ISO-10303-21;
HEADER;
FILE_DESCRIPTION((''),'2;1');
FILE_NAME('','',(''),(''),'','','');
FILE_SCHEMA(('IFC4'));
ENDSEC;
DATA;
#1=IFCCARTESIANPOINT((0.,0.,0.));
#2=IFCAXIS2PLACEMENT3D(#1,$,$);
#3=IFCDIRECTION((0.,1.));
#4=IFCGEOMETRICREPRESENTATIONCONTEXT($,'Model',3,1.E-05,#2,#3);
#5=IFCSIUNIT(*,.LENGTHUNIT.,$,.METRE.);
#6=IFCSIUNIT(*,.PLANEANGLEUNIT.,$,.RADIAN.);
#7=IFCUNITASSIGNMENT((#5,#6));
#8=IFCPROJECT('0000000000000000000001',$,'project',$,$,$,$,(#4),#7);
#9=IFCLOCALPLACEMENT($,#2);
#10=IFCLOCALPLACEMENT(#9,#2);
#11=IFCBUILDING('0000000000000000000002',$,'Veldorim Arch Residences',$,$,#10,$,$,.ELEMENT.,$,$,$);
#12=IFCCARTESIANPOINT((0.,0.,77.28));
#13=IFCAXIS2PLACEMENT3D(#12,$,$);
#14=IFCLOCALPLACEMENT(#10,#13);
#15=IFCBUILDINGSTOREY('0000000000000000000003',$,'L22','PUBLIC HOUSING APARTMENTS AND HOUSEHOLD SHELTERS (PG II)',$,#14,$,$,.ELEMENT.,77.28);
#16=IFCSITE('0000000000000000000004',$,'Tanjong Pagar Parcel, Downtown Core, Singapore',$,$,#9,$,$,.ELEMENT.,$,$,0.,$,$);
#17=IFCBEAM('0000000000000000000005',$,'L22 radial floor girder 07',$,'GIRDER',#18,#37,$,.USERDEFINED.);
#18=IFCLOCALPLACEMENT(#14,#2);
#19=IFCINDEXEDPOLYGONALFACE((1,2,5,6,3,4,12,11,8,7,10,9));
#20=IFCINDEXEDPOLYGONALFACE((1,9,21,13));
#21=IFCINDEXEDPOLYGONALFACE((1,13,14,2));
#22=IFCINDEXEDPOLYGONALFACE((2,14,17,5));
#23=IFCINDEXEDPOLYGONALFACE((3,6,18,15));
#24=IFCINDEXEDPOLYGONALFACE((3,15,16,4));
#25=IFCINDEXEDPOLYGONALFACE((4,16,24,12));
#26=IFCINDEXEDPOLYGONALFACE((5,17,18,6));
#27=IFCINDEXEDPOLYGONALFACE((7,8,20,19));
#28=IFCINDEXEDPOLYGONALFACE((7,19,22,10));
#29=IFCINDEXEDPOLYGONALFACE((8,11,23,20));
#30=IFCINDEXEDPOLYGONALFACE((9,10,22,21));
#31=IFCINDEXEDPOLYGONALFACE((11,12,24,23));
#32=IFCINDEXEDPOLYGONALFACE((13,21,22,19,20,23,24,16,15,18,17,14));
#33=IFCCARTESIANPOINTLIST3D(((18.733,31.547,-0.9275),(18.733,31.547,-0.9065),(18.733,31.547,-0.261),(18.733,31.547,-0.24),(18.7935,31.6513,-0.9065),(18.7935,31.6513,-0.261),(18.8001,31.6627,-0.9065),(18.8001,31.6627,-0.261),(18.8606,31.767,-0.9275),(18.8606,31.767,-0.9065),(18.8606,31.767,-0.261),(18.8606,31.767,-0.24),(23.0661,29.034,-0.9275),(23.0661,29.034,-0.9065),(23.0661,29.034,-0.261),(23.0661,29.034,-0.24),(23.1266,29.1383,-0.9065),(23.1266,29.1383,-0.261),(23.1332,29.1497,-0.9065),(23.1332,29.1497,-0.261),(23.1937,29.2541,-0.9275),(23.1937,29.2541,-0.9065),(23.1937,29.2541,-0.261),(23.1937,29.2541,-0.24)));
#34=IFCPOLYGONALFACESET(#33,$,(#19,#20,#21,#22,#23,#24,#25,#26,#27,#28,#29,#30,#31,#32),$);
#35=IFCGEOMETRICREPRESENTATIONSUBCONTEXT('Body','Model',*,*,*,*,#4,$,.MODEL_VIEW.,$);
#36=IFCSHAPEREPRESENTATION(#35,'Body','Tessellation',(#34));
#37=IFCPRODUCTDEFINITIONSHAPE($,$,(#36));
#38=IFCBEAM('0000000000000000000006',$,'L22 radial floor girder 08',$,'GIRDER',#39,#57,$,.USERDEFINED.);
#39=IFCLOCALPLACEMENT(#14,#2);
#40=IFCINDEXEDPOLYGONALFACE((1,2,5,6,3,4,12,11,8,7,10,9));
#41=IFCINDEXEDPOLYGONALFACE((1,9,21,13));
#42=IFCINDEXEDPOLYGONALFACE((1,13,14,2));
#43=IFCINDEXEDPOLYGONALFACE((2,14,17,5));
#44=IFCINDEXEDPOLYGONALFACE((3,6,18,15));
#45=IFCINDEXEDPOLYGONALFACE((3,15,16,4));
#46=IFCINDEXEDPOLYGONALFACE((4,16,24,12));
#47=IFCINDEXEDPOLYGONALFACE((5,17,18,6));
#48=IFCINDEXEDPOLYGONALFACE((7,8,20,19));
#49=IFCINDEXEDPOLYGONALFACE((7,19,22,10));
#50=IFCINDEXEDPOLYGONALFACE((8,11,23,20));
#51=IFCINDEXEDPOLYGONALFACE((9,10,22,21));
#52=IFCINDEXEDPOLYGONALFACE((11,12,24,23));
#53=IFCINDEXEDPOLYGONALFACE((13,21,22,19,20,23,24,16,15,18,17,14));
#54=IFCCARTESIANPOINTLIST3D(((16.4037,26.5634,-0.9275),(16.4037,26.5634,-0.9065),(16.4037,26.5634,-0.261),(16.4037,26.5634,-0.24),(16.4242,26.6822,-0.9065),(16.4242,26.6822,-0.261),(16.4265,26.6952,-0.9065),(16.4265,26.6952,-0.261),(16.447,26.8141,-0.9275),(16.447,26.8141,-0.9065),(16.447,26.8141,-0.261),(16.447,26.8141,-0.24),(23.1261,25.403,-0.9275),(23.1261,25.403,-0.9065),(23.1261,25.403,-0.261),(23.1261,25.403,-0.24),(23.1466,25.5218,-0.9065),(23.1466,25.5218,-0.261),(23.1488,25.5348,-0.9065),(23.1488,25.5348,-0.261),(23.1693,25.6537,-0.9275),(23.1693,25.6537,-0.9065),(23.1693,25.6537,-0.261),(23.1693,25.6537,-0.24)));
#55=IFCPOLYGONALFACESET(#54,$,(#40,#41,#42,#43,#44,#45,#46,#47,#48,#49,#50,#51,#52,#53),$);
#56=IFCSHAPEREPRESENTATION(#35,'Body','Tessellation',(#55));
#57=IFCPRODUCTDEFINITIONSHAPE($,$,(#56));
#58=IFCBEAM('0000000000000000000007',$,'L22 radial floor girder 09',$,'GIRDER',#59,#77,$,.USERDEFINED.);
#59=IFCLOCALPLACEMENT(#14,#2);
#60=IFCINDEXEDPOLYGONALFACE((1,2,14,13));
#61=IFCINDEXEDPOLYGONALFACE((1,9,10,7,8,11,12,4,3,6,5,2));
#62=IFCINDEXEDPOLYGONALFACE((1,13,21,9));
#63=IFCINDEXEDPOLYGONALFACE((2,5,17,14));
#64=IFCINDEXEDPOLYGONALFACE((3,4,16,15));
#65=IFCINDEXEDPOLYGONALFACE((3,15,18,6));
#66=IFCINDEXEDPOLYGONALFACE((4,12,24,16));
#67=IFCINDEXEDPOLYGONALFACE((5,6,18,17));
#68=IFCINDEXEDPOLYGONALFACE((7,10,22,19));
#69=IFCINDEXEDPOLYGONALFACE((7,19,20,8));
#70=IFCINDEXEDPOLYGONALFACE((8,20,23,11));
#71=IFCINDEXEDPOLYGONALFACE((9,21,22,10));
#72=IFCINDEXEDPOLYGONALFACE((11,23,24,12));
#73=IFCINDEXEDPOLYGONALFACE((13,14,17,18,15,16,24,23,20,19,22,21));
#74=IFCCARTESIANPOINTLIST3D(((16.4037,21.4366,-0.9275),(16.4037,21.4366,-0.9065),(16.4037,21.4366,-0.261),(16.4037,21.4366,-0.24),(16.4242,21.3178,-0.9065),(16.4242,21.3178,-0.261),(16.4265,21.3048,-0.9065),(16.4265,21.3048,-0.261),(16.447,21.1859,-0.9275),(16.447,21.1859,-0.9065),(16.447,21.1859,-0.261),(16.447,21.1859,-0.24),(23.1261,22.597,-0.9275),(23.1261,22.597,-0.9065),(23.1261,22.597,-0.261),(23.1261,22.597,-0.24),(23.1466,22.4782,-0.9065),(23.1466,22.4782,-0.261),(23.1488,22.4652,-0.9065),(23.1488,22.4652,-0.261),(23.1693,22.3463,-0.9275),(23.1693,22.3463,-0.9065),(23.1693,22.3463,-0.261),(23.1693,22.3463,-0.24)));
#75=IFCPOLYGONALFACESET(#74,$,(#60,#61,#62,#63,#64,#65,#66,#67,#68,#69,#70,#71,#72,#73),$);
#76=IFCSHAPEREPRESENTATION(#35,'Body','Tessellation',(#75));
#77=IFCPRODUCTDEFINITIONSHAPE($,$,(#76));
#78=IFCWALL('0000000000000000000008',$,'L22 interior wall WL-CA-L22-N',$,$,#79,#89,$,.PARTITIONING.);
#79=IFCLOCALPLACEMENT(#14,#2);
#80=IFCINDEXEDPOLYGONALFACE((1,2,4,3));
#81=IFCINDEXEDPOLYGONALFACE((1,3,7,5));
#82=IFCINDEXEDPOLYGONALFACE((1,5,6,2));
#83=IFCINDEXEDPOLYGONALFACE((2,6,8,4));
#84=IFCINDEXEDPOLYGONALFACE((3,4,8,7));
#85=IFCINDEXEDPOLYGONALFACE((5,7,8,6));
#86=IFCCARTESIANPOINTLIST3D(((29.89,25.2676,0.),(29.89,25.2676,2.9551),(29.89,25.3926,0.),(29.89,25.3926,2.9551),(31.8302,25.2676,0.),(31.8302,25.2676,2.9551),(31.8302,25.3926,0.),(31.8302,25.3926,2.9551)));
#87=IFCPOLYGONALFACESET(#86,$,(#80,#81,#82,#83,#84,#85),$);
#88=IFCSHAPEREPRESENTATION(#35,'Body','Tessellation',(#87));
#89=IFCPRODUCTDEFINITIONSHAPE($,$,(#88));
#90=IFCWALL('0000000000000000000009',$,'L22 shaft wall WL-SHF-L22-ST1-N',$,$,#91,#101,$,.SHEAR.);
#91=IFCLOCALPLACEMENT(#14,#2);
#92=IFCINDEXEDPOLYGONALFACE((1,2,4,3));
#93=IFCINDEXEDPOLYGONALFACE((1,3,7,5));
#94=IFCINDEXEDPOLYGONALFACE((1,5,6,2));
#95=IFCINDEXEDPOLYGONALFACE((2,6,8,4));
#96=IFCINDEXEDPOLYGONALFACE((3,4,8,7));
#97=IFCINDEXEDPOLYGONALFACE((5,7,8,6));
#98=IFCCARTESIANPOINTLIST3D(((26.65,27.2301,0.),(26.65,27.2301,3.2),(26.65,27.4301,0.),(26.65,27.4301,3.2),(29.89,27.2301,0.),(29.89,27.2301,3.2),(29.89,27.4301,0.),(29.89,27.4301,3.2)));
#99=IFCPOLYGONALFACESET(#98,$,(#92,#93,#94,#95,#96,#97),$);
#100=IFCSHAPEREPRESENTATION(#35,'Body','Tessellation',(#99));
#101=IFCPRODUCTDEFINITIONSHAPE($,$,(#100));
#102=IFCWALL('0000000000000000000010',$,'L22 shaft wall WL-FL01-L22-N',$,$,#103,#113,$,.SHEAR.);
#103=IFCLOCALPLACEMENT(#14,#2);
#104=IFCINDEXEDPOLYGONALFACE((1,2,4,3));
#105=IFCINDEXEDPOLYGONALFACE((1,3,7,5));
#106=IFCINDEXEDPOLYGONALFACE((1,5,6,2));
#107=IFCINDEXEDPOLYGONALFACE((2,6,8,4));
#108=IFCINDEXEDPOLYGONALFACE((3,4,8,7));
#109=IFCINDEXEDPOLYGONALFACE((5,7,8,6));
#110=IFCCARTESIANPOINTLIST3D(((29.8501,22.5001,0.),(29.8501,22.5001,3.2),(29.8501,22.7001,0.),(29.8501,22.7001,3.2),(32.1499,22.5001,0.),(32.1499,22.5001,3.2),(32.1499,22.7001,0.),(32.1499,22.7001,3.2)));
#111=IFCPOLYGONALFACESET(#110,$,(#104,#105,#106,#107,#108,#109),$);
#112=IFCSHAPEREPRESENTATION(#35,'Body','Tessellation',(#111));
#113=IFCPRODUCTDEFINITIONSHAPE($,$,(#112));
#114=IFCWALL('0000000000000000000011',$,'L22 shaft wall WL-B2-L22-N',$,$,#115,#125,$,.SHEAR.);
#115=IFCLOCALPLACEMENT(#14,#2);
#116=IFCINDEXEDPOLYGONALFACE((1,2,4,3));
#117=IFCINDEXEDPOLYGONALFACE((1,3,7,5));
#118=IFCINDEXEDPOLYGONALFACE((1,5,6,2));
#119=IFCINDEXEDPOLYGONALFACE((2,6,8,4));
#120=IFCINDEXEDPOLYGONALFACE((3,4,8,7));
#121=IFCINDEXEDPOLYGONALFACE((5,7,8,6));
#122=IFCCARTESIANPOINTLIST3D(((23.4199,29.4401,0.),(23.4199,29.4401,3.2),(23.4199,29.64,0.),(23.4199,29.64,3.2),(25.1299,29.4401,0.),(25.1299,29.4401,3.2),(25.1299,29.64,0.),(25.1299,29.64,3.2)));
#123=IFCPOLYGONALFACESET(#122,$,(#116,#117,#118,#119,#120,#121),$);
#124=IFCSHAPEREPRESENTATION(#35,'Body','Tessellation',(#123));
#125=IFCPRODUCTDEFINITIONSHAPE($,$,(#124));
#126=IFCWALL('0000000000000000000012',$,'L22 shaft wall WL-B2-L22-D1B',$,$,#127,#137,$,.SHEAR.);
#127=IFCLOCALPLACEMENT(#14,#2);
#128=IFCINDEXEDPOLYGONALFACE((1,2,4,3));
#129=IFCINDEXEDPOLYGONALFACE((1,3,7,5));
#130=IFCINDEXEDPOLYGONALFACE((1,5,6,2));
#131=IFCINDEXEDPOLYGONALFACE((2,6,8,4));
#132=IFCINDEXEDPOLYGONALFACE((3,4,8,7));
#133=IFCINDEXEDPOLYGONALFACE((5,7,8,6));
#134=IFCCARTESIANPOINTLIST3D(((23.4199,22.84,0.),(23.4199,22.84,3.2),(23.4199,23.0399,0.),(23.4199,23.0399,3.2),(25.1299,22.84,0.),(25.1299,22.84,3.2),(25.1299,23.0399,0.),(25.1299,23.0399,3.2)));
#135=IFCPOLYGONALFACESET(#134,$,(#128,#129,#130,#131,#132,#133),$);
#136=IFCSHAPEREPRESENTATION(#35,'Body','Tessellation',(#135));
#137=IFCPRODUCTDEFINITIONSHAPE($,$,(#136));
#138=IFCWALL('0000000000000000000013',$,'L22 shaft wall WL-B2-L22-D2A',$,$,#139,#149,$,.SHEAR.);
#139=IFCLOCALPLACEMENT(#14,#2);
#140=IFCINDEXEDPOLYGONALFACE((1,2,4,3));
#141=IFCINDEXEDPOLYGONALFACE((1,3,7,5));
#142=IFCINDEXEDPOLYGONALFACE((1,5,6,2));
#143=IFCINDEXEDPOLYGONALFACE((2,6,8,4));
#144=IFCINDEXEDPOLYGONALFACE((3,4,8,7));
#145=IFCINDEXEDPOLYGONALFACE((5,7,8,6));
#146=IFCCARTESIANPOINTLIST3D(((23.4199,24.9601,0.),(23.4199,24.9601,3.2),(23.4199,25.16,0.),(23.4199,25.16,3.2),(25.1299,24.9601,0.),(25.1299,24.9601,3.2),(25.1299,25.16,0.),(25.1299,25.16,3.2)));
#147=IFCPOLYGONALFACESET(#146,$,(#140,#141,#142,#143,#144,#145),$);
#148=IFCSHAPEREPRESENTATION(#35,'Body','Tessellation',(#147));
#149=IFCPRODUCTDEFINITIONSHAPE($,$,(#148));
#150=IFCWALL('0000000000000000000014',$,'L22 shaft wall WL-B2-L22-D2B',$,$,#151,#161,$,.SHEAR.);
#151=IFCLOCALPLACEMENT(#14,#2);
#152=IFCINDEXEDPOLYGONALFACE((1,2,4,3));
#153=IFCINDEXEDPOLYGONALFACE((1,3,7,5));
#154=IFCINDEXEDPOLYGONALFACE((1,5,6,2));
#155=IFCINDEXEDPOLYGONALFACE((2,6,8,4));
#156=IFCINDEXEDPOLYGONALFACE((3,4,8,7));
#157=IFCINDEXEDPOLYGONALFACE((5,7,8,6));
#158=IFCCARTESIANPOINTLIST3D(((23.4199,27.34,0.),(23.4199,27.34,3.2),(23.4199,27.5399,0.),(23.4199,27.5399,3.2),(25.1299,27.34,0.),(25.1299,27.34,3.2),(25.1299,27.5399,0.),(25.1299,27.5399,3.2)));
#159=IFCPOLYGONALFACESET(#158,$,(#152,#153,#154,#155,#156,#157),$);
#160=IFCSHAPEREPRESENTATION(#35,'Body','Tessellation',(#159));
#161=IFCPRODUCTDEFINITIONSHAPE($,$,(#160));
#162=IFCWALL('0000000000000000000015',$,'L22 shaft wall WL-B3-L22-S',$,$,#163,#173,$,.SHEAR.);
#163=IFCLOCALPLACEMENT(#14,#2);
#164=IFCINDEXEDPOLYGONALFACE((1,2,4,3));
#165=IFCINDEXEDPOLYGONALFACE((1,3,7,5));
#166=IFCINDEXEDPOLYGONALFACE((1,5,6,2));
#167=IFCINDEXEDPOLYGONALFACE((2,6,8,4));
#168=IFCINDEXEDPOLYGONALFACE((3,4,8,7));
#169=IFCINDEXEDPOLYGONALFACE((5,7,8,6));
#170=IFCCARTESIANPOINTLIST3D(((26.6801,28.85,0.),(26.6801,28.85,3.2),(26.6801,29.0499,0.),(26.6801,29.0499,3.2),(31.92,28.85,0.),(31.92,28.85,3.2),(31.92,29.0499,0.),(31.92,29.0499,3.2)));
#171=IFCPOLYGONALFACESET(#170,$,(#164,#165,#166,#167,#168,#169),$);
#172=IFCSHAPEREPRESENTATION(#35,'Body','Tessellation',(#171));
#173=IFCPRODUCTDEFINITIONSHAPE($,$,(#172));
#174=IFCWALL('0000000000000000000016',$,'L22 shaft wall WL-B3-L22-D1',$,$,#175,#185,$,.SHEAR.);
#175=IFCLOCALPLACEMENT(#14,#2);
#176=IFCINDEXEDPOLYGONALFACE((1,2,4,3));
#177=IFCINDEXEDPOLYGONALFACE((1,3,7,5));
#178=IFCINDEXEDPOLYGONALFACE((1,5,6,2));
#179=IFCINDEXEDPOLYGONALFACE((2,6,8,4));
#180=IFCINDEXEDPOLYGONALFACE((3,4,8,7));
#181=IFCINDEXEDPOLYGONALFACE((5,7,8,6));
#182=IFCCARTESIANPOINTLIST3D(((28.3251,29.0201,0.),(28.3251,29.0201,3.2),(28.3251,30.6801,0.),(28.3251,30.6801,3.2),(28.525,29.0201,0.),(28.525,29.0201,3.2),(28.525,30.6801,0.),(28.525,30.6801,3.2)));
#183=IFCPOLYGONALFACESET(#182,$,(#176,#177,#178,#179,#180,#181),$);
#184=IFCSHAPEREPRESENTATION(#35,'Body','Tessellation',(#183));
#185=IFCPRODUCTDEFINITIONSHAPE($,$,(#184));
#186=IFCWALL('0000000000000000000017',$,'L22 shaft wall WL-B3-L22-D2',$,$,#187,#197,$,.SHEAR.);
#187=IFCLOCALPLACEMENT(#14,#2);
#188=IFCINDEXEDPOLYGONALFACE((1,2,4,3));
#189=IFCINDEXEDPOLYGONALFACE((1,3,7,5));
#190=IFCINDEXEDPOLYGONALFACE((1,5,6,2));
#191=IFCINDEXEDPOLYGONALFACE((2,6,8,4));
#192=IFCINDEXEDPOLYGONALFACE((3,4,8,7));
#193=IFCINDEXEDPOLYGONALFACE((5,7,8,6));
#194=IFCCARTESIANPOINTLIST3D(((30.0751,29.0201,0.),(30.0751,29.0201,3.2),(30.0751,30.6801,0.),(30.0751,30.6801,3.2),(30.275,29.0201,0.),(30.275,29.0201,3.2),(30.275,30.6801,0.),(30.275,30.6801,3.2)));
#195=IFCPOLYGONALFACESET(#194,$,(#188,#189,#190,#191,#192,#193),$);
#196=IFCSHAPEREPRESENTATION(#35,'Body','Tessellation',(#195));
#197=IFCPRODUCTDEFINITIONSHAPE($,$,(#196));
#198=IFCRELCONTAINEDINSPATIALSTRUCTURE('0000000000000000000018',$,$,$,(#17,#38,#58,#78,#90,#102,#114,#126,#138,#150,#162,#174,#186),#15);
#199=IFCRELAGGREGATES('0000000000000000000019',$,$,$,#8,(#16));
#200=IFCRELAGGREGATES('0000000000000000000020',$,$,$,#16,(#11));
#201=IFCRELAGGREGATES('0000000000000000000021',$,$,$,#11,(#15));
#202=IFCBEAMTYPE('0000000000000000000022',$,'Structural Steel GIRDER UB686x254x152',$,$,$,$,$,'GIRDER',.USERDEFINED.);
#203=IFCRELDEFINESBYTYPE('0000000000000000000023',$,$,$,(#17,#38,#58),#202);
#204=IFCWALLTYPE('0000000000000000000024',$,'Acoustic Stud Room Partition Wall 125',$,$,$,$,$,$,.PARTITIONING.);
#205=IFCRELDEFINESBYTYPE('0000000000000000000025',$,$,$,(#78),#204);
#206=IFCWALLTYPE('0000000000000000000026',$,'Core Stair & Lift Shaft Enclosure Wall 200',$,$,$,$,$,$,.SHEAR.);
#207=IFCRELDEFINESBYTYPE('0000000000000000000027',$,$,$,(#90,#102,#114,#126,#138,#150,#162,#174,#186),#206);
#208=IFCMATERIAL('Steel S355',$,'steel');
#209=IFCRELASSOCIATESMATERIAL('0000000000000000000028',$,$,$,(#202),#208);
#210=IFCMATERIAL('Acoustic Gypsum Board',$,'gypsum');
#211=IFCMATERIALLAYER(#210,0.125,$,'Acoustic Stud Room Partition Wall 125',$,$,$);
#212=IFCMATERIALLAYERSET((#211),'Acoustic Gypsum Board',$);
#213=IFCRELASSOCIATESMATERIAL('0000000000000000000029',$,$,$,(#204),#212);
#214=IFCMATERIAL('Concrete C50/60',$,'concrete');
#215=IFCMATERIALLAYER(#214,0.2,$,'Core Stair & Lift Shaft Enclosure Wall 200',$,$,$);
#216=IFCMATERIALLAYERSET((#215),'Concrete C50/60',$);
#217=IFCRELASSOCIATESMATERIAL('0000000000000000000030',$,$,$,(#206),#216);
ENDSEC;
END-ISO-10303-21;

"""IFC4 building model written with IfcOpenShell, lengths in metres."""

from ifc_helpers import new_model, si_unit, direction, frame, frame_2d, origin, origin_2d, place, context, subcontext, project, spatial, rectangle, i_section, extrude, material, layer, layer_set, material_profile, profile_set, type_object, element, save


model = new_model("IFC4")

# Units and contexts
model_context = context("Model", 3, precision=1e-05, world=origin(), true_north=direction((0.0, 1.0)))
body_context = subcontext(model_context, "Body", "Model", "MODEL_VIEW")
ifc_project = project(units=[si_unit("LENGTHUNIT", "METRE"), si_unit("PLANEANGLEUNIT", "RADIAN")], contexts=[model_context])

# Site, building, storey
site_placement = place(None, origin())
site = spatial("IfcSite", under=ifc_project, at=site_placement, Name="Tanjong Pagar Parcel, Downtown Core, Singapore", CompositionType="ELEMENT", RefElevation=0.0)
building_placement = place(site_placement, origin())
building = spatial("IfcBuilding", under=site, at=building_placement, Name="Veldorim Arch Residences", CompositionType="ELEMENT")
storey_placement = place(building_placement, frame((0.0, 0.0, 77.28)))
storey = spatial("IfcBuildingStorey", under=building, at=storey_placement, Name="L22", Description="PUBLIC HOUSING APARTMENTS AND HOUSEHOLD SHELTERS (PG II)", CompositionType="ELEMENT", Elevation=77.28)

# Beams
ifc_material_1 = material(Name="Steel S355", Category="steel")
ifc_material_profile = material_profile(ifc_material_1, i_section(OverallWidth=0.2544, OverallDepth=0.6875, WebThickness=0.0132, FlangeThickness=0.021, at=origin_2d()), Name="UB686x254x152")
ifc_profile_set = profile_set([ifc_material_profile], Name="Steel S355")
beam_type = type_object("IfcBeamType", Name="Structural Steel GIRDER UB686x254x152", ElementType="GIRDER", PredefinedType="USERDEFINED", material=ifc_profile_set)
beam_placement = place(storey_placement, frame((23.1299, 29.144, -0.5837), z_axis=(-0.865049, 0.501687, 0.0), x_axis=(-0.501687, -0.865049, 0.0)))
element("IfcBeam", 1, at=beam_placement, inside=storey, type_object=beam_type, Name="L22 radial floor girder 07", ObjectType="GIRDER", PredefinedType="USERDEFINED", context=body_context, shape_type="SweptSolid", body=[
    extrude(i_section(OverallWidth=0.2544, OverallDepth=0.6875, WebThickness=0.0132, FlangeThickness=0.021, at=origin_2d()), origin(), (0.0, 0.0, 1.0), 5.009),
])
for number, where, z_axis, x_axis, name in (
    (2, (23.1477, 25.5283, -0.5837), (-0.985427, 0.170101, 0.0), (-0.170101, -0.985427, 0.0), "L22 radial floor girder 08"),
    (3, (23.1477, 22.4717, -0.5837), (-0.985427, -0.170101, 0.0), (0.170101, -0.985427, 0.0), "L22 radial floor girder 09"),
):
    element("IfcBeam", number, at=place(storey_placement, frame(where, z_axis=z_axis, x_axis=x_axis)), inside=storey, type_object=beam_type, Name=name, ObjectType="GIRDER", PredefinedType="USERDEFINED", context=body_context, shape_type="SweptSolid", body=[
        extrude(i_section(OverallWidth=0.2544, OverallDepth=0.6875, WebThickness=0.0132, FlangeThickness=0.021, at=origin_2d()), origin(), (0.0, 0.0, 1.0), 6.8218),
    ])

# Walls
ifc_material_2 = material(Name="Acoustic Gypsum Board", Category="gypsum")
ifc_layer_1 = layer(ifc_material_2, 0.125, Name="Acoustic Stud Room Partition Wall 125")
ifc_layer_set_1 = layer_set([ifc_layer_1], Name="Acoustic Gypsum Board")
wall_type_1 = type_object("IfcWallType", Name="Acoustic Stud Room Partition Wall 125", PredefinedType="PARTITIONING", material=ifc_layer_set_1)
wall_1_placement = place(storey_placement, frame((29.8899, 25.3301, 0.0), z_axis=(0.0, 0.0, 1.0), x_axis=(1.0, 0.0, 0.0)))
element("IfcWall", 4, at=wall_1_placement, inside=storey, type_object=wall_type_1, Name="L22 interior wall WL-CA-L22-N", PredefinedType="PARTITIONING", context=body_context, shape_type="SweptSolid", body=[
    extrude(rectangle(XDim=1.9402, YDim=0.125, at=frame_2d((0.9702, 0.0))), origin(), (0.0, 0.0, 1.0), 2.9551),
])
ifc_material_3 = material(Name="Concrete C50/60", Category="concrete")
ifc_layer_2 = layer(ifc_material_3, 0.2, Name="Core Stair & Lift Shaft Enclosure Wall 200")
ifc_layer_set_2 = layer_set([ifc_layer_2], Name="Concrete C50/60")
wall_type_2 = type_object("IfcWallType", Name="Core Stair & Lift Shaft Enclosure Wall 200", PredefinedType="SHEAR", material=ifc_layer_set_2)
wall_2_placement = place(storey_placement, frame((26.6499, 27.3301, 0.0), z_axis=(0.0, 0.0, 1.0), x_axis=(1.0, 0.0, 0.0)))
element("IfcWall", 5, at=wall_2_placement, inside=storey, type_object=wall_type_2, Name="L22 shaft wall WL-SHF-L22-ST1-N", PredefinedType="SHEAR", context=body_context, shape_type="SweptSolid", body=[
    extrude(rectangle(XDim=3.24, YDim=0.2, at=frame_2d((1.6201, 0.0))), origin(), (0.0, 0.0, 1.0), 3.2),
])
wall_3_placement = place(storey_placement, frame((29.8501, 22.6001, 0.0), z_axis=(0.0, 0.0, 1.0), x_axis=(1.0, 0.0, 0.0)))
element("IfcWall", 6, at=wall_3_placement, inside=storey, type_object=wall_type_2, Name="L22 shaft wall WL-FL01-L22-N", PredefinedType="SHEAR", context=body_context, shape_type="SweptSolid", body=[
    extrude(rectangle(XDim=2.2998, YDim=0.2, at=frame_2d((1.1499, 0.0))), origin(), (0.0, 0.0, 1.0), 3.2),
])
for number, where, z_axis, x_axis, name in (
    (7, (23.4199, 29.54, 0.0), (0.0, 0.0, 1.0), (1.0, 0.0, 0.0), "L22 shaft wall WL-B2-L22-N"),
    (8, (23.4199, 22.9399, 0.0), (0.0, 0.0, 1.0), (1.0, 0.0, 0.0), "L22 shaft wall WL-B2-L22-D1B"),
    (9, (23.4199, 25.0601, 0.0), (0.0, 0.0, 1.0), (1.0, 0.0, 0.0), "L22 shaft wall WL-B2-L22-D2A"),
    (10, (23.4199, 27.4399, 0.0), (0.0, 0.0, 1.0), (1.0, 0.0, 0.0), "L22 shaft wall WL-B2-L22-D2B"),
):
    element("IfcWall", number, at=place(storey_placement, frame(where, z_axis=z_axis, x_axis=x_axis)), inside=storey, type_object=wall_type_2, Name=name, PredefinedType="SHEAR", context=body_context, shape_type="SweptSolid", body=[
        extrude(rectangle(XDim=1.71, YDim=0.2, at=frame_2d((0.855, 0.0))), origin(), (0.0, 0.0, 1.0), 3.2),
    ])
wall_4_placement = place(storey_placement, frame((26.6799, 28.95, 0.0), z_axis=(0.0, 0.0, 1.0), x_axis=(1.0, 0.0, 0.0)))
element("IfcWall", 11, at=wall_4_placement, inside=storey, type_object=wall_type_2, Name="L22 shaft wall WL-B3-L22-S", PredefinedType="SHEAR", context=body_context, shape_type="SweptSolid", body=[
    extrude(rectangle(XDim=5.24, YDim=0.2, at=frame_2d((2.6201, 0.0))), origin(), (0.0, 0.0, 1.0), 3.2),
])
for number, where, z_axis, x_axis, name in (
    (12, (28.425, 29.02, 0.0), (0.0, 0.0, 1.0), (0.0, 1.0, 0.0), "L22 shaft wall WL-B3-L22-D1"),
    (13, (30.175, 29.02, 0.0), (0.0, 0.0, 1.0), (0.0, 1.0, 0.0), "L22 shaft wall WL-B3-L22-D2"),
):
    element("IfcWall", number, at=place(storey_placement, frame(where, z_axis=z_axis, x_axis=x_axis)), inside=storey, type_object=wall_type_2, Name=name, PredefinedType="SHEAR", context=body_context, shape_type="SweptSolid", body=[
        extrude(rectangle(XDim=1.6599, YDim=0.2, at=frame_2d((0.8301, 0.0))), origin(), (0.0, 0.0, 1.0), 3.2),
    ])

save(model, "model.ifc")
